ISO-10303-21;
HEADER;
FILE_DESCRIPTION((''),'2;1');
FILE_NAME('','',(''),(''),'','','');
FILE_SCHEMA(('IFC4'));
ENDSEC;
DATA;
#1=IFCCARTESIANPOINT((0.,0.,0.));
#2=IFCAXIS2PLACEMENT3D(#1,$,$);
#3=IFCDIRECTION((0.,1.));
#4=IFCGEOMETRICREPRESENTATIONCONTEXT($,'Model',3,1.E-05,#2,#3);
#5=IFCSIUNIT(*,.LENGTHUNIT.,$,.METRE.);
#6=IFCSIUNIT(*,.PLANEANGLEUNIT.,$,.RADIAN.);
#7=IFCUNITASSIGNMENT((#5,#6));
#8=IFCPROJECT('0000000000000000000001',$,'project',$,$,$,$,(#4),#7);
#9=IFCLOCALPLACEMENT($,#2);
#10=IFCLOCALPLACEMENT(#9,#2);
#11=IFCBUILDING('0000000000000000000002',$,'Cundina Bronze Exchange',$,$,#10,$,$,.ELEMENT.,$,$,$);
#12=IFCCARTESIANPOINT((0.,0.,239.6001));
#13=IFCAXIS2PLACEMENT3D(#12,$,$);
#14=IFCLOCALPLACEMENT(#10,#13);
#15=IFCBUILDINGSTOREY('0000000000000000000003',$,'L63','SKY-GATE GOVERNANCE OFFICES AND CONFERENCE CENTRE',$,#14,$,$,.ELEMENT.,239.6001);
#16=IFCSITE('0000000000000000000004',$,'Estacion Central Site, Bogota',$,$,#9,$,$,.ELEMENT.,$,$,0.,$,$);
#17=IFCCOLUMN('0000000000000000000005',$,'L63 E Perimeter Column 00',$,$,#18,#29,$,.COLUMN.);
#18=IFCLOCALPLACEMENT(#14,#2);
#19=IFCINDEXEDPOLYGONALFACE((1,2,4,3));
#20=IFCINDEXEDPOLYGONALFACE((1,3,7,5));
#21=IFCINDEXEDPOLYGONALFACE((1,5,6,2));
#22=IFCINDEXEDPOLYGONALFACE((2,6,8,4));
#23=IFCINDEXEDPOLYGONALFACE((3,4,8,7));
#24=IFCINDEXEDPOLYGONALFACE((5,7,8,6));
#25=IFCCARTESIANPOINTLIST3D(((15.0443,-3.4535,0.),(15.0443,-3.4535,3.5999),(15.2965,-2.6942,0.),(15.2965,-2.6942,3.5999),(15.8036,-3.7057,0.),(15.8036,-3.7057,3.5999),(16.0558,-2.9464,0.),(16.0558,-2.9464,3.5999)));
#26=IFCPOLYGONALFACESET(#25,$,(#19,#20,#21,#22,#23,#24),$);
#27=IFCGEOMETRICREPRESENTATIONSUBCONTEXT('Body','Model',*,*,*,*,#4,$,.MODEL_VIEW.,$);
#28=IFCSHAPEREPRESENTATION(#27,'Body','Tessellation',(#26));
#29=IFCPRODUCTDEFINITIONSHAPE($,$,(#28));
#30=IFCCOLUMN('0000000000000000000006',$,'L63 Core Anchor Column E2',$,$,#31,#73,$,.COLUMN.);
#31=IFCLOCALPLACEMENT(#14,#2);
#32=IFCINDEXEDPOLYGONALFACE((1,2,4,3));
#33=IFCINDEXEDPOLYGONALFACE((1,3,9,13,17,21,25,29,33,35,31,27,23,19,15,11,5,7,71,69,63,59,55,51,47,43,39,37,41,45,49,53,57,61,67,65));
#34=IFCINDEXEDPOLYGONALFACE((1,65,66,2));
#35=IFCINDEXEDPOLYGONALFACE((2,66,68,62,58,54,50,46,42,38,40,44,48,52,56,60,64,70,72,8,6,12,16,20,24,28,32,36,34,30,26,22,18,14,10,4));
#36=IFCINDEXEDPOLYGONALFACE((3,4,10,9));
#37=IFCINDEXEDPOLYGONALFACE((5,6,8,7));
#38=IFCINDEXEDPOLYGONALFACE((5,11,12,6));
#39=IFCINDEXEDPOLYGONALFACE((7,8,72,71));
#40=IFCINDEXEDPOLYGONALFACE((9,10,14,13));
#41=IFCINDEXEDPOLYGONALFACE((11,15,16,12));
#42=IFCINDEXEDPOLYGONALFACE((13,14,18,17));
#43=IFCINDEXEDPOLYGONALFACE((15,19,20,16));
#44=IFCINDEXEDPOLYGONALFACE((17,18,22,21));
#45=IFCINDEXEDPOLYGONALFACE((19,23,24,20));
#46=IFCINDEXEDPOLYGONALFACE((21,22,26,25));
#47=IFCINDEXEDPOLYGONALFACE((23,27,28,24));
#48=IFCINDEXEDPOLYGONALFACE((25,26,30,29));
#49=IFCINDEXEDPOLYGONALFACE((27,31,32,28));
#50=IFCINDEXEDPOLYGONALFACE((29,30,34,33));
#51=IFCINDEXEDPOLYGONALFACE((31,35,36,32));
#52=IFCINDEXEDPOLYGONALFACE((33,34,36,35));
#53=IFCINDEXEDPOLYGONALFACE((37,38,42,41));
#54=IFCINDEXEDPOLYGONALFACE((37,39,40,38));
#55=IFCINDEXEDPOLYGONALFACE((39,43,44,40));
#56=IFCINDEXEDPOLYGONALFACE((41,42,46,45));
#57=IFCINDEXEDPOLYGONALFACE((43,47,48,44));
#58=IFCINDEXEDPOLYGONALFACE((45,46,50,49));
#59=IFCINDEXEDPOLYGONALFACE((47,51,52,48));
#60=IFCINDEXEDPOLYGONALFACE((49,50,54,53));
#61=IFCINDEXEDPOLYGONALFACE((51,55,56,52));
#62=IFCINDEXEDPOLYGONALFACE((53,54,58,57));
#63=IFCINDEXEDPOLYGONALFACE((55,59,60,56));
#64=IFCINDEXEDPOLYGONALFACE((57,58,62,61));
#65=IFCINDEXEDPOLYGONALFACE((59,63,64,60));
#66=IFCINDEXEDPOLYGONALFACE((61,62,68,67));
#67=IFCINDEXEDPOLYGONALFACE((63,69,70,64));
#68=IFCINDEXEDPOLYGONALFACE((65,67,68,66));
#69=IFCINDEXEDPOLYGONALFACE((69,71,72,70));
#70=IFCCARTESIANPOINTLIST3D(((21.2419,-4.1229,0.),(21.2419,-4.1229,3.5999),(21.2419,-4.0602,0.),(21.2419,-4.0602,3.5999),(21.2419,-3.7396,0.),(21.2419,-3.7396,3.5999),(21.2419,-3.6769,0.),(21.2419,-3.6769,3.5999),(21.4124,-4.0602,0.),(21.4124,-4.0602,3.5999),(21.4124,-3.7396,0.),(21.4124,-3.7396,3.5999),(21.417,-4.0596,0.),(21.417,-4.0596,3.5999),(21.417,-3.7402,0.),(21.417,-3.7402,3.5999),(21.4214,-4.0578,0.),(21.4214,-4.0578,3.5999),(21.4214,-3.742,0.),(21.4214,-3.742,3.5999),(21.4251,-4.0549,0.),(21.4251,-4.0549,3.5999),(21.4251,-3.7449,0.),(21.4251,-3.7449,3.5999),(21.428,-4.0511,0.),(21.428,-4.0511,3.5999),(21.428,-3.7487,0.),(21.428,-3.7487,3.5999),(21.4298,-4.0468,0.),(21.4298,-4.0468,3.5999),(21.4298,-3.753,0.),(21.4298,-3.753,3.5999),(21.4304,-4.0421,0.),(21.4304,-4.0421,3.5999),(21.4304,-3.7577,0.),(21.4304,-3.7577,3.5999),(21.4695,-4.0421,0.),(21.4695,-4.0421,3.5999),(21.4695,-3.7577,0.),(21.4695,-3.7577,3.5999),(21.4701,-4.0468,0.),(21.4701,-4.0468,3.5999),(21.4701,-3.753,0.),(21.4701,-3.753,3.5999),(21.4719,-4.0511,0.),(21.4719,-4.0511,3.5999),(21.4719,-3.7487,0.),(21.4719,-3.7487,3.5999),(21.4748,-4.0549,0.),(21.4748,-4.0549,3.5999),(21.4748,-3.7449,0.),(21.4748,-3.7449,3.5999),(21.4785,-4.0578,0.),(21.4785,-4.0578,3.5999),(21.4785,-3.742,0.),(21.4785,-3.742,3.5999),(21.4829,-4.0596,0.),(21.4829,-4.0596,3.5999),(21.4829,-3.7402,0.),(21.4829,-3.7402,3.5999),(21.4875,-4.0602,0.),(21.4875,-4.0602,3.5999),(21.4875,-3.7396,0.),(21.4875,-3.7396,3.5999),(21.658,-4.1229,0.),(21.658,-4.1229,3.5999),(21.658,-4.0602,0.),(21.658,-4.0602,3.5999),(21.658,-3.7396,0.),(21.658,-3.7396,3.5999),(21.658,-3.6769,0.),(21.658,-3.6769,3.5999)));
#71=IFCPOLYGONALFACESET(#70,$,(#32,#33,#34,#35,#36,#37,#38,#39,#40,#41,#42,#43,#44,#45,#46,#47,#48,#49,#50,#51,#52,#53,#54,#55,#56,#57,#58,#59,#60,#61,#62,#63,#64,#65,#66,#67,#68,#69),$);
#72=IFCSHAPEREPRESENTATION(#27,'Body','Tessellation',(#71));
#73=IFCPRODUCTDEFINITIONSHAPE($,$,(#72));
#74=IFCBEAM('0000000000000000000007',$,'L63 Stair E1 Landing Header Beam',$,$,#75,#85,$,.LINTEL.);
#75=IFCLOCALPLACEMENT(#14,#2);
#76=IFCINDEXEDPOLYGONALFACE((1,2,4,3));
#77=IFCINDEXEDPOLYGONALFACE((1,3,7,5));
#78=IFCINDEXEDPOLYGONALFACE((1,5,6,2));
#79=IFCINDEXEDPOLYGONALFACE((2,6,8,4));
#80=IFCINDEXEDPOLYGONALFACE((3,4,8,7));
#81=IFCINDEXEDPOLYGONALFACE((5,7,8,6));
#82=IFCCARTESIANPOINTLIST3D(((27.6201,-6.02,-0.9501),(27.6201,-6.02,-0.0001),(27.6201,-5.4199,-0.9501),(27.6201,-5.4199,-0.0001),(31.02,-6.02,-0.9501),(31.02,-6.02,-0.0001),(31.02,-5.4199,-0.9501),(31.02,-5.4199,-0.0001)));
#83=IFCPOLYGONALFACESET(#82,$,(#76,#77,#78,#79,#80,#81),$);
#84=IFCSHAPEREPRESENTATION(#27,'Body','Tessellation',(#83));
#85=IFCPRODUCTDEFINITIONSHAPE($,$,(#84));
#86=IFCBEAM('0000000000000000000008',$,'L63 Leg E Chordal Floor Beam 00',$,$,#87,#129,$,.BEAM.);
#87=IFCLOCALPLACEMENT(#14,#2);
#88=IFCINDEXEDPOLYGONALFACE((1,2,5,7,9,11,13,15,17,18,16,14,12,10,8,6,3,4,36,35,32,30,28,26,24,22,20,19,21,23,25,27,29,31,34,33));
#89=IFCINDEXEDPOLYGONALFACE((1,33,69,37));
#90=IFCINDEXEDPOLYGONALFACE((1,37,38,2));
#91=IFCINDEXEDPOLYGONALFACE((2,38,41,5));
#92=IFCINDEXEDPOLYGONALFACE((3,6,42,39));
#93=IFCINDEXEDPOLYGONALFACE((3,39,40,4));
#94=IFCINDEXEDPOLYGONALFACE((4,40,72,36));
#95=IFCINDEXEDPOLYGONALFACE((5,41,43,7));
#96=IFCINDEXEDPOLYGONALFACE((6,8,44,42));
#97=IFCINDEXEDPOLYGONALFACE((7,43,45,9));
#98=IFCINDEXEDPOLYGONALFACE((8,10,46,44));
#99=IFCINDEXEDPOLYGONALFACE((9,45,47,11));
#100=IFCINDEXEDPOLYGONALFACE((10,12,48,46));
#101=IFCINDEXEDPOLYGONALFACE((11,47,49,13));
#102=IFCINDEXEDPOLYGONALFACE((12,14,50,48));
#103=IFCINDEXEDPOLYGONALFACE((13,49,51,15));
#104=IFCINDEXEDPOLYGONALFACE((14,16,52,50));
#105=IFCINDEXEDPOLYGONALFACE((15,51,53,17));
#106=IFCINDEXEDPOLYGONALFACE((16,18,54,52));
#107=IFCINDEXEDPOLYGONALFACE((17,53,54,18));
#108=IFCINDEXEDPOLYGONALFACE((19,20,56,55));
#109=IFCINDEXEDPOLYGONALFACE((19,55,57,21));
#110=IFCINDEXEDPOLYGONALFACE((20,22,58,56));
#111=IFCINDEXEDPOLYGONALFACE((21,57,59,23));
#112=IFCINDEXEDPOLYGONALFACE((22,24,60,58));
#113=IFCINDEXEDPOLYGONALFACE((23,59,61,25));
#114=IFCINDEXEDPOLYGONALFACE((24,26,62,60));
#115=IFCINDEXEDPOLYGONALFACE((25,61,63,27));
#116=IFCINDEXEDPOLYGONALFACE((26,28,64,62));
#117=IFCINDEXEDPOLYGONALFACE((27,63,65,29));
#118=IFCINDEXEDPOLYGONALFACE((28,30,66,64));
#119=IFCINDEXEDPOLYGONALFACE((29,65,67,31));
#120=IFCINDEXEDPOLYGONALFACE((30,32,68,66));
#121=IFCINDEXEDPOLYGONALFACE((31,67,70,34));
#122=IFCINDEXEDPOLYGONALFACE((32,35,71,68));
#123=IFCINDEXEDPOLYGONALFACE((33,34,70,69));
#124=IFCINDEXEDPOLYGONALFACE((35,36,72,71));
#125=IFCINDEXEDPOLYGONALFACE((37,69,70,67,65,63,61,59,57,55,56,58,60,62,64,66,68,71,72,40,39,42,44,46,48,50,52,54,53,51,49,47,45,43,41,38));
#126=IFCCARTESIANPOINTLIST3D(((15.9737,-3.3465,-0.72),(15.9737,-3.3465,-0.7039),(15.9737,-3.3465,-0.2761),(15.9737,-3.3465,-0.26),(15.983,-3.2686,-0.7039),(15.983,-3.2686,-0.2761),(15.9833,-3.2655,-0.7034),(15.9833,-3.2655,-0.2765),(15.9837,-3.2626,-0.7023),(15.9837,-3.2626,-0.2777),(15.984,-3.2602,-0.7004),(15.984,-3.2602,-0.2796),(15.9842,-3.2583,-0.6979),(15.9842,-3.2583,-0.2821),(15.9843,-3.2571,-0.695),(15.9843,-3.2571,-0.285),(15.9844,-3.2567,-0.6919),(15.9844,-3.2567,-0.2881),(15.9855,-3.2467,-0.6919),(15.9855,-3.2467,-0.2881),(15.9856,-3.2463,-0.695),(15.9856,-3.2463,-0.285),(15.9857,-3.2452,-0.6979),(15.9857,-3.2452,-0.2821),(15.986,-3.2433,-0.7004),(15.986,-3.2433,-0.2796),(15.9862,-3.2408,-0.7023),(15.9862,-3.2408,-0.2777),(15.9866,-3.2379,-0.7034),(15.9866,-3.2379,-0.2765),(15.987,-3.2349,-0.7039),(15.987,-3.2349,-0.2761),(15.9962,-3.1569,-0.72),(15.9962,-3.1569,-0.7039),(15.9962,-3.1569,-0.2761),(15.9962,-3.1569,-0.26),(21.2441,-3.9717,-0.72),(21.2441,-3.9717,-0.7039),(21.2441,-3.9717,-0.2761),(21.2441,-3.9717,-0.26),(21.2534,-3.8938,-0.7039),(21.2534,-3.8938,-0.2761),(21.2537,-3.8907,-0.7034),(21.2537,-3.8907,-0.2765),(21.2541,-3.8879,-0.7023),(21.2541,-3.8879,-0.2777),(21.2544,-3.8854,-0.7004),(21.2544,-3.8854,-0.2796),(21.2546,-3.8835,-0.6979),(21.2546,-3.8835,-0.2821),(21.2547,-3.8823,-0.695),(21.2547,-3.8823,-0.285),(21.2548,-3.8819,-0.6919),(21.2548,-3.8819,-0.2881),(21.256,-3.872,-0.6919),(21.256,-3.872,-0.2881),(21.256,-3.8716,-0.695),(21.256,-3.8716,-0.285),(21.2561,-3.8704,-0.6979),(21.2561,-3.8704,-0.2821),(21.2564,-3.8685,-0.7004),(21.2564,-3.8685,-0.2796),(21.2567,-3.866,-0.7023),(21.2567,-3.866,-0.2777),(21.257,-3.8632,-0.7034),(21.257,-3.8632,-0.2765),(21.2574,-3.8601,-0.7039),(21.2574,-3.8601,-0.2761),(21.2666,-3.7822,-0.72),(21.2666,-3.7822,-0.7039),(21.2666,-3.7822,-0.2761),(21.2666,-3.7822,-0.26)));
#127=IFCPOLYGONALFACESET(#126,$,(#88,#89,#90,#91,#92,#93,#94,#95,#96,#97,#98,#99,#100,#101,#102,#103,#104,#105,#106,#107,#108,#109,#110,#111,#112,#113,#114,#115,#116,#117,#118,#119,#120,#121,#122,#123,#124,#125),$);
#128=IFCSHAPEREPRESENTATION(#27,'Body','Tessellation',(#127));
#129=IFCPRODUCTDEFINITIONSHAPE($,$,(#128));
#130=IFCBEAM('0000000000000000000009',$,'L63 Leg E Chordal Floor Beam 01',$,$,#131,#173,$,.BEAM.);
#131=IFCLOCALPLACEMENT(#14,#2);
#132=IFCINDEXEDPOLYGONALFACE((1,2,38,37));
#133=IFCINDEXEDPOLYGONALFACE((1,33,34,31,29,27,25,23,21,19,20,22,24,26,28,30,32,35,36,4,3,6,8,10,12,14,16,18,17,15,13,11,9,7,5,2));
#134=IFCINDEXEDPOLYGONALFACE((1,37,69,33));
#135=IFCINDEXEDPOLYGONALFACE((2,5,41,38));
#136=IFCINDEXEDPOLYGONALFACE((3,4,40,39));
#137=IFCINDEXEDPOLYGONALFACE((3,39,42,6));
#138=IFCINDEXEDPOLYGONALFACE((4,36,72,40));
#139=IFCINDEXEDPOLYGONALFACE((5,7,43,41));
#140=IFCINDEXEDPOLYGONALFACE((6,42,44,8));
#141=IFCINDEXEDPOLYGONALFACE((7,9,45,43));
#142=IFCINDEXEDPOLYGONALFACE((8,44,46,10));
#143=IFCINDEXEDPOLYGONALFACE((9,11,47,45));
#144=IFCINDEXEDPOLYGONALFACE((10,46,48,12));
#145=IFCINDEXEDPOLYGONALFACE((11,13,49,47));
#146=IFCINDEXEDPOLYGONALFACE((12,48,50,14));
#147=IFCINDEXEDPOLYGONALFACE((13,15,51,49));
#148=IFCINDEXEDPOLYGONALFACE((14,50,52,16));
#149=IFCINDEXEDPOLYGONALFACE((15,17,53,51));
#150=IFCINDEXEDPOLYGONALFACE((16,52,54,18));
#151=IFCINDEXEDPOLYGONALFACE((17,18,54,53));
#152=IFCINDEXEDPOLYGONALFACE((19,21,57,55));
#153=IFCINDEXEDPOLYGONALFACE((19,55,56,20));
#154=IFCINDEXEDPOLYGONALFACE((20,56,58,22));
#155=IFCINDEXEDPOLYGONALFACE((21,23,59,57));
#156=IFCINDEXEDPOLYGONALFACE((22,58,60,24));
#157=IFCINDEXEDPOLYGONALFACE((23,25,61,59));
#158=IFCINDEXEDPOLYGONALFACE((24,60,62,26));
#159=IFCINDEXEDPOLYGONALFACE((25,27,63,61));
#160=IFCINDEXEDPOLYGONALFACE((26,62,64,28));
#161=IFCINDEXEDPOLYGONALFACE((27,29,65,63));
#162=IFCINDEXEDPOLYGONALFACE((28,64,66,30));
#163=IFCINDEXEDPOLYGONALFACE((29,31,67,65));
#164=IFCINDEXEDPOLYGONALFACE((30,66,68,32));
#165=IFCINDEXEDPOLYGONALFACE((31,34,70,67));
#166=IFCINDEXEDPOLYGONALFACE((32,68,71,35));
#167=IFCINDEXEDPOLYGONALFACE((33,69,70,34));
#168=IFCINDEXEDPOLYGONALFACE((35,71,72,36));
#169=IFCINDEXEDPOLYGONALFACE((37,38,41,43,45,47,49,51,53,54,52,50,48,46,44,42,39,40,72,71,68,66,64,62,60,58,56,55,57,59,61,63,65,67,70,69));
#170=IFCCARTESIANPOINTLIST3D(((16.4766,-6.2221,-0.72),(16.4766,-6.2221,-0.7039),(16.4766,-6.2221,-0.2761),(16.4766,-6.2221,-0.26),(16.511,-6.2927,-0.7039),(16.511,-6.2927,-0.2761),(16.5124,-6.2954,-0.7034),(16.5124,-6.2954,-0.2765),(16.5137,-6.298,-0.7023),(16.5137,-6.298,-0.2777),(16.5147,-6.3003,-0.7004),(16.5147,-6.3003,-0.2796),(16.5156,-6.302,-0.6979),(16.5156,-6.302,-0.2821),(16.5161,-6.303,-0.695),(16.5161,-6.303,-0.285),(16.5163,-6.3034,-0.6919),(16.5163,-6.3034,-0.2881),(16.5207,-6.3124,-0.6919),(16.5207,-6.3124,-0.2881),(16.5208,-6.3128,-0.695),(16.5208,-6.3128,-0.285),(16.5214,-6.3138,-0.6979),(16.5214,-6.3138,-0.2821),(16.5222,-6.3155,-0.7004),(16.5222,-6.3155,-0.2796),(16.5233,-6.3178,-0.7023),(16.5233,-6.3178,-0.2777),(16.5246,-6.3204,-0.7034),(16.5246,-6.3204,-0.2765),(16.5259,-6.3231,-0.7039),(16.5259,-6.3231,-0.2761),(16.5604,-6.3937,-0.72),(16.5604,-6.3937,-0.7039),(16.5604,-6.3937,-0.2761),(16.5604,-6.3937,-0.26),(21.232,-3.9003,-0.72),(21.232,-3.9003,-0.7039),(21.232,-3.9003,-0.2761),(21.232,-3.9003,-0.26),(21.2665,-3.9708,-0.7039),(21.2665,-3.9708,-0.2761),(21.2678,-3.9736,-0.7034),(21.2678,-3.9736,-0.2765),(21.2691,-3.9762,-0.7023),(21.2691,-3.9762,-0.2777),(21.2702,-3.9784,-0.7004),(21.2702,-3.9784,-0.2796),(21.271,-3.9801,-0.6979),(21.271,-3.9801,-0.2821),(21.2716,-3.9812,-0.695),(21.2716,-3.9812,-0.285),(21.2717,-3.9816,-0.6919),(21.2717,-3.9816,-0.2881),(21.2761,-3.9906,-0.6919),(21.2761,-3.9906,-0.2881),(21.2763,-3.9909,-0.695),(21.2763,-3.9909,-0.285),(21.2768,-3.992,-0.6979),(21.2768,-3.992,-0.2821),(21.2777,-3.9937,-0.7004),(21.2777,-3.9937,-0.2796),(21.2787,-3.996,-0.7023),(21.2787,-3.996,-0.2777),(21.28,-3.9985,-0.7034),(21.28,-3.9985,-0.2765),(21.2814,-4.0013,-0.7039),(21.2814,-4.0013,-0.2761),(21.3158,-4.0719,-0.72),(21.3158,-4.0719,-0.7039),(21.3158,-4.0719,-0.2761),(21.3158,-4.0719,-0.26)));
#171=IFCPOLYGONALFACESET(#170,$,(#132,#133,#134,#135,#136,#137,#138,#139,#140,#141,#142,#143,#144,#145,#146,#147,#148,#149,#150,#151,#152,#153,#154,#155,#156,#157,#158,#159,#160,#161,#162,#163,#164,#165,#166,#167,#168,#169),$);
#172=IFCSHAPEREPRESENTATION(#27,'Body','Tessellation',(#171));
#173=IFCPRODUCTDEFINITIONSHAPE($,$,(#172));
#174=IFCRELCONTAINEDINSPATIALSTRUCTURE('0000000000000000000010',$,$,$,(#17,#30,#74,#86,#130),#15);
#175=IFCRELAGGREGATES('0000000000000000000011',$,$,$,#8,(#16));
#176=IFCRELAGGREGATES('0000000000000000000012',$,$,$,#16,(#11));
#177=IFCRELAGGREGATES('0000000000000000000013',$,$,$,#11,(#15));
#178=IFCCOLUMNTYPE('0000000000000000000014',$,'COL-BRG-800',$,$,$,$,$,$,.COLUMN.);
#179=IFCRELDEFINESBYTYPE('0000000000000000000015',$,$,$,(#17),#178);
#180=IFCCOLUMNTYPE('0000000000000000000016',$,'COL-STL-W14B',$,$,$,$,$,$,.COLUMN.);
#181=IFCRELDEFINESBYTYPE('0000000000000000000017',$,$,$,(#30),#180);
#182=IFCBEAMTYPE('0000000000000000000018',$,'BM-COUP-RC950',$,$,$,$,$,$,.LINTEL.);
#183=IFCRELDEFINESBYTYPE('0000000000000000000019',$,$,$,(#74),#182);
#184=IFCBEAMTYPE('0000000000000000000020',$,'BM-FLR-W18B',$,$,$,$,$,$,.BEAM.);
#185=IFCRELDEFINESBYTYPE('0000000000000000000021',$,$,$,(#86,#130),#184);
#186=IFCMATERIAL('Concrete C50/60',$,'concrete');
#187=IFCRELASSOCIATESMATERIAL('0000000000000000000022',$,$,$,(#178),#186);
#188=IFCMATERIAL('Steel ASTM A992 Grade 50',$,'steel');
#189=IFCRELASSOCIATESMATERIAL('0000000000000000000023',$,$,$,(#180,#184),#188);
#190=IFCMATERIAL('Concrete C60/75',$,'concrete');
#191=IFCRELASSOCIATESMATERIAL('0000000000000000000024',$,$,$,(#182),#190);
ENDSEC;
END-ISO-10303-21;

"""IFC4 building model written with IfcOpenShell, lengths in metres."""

from ifc_helpers import new_model, si_unit, direction, frame, origin, origin_2d, place, context, subcontext, project, spatial, rectangle, i_section, extrude, material, material_profile, profile_set, type_object, element, save


model = new_model("IFC4")

# Units and contexts
model_context = context("Model", 3, precision=1e-05, world=origin(), true_north=direction((0.0, 1.0)))
body_context = subcontext(model_context, "Body", "Model", "MODEL_VIEW")
ifc_project = project(units=[si_unit("LENGTHUNIT", "METRE"), si_unit("PLANEANGLEUNIT", "RADIAN")], contexts=[model_context])

# Site, building, storey
site_placement = place(None, origin())
site = spatial("IfcSite", under=ifc_project, at=site_placement, Name="Estacion Central Site, Bogota", CompositionType="ELEMENT", RefElevation=0.0)
building_placement = place(site_placement, origin())
building = spatial("IfcBuilding", under=site, at=building_placement, Name="Cundina Bronze Exchange", CompositionType="ELEMENT")
storey_placement = place(building_placement, frame((0.0, 0.0, 239.6001)))
storey = spatial("IfcBuildingStorey", under=building, at=storey_placement, Name="L63", Description="SKY-GATE GOVERNANCE OFFICES AND CONFERENCE CENTRE", CompositionType="ELEMENT", Elevation=239.6001)

# Columns
ifc_material_1 = material(Name="Concrete C50/60", Category="concrete")
ifc_material_profile_1 = material_profile(ifc_material_1, rectangle(XDim=0.8, YDim=0.8, at=origin_2d()), Name="RC800X800", Category="concrete")
ifc_profile_set_1 = profile_set([ifc_material_profile_1], Name="Concrete C50/60")
column_type_1 = type_object("IfcColumnType", Name="COL-BRG-800", PredefinedType="COLUMN", material=ifc_profile_set_1)
column_1_placement = place(storey_placement, frame((15.55, -3.2, 0.0), z_axis=(0.0, 0.0, 1.0), x_axis=(-0.315152, -0.949041, 0.0)))
element("IfcColumn", 1, at=column_1_placement, inside=storey, type_object=column_type_1, Name="L63 E Perimeter Column 00", PredefinedType="COLUMN", context=body_context, shape_type="SweptSolid", body=[
    extrude(rectangle(XDim=0.8, YDim=0.8, at=origin_2d()), origin(), (0.0, 0.0, 1.0), 3.5999),
])
ifc_material_2 = material(Name="Steel ASTM A992 Grade 50", Category="steel")
ifc_material_profile_2 = material_profile(ifc_material_2, i_section(OverallWidth=0.416, OverallDepth=0.446, WebThickness=0.0391, FlangeThickness=0.0627, FilletRadius=0.0181, at=origin_2d()), Name="W14X342", Category="steel")
ifc_profile_set_2 = profile_set([ifc_material_profile_2], Name="Steel ASTM A992 Grade 50")
column_type_2 = type_object("IfcColumnType", Name="COL-STL-W14B", PredefinedType="COLUMN", material=ifc_profile_set_2)
column_2_placement = place(storey_placement, frame((21.45, -3.8999, 0.0), z_axis=(0.0, 0.0, 1.0), x_axis=(1.0, 0.0, 0.0)))
element("IfcColumn", 2, at=column_2_placement, inside=storey, type_object=column_type_2, Name="L63 Core Anchor Column E2", PredefinedType="COLUMN", context=body_context, shape_type="SweptSolid", body=[
    extrude(i_section(OverallWidth=0.416, OverallDepth=0.446, WebThickness=0.0391, FlangeThickness=0.0627, FilletRadius=0.0181, at=origin_2d()), origin(), (0.0, 0.0, 1.0), 3.5999),
])

# Beams
ifc_material_3 = material(Name="Concrete C60/75", Category="concrete")
ifc_material_profile_3 = material_profile(ifc_material_3, rectangle(XDim=0.6001, YDim=0.95, at=origin_2d()), Name="RC600X950", Category="concrete")
ifc_profile_set_3 = profile_set([ifc_material_profile_3], Name="Concrete C60/75")
beam_type_1 = type_object("IfcBeamType", Name="BM-COUP-RC950", PredefinedType="LINTEL", material=ifc_profile_set_3)
beam_1_placement = place(storey_placement, frame((27.6201, -5.72, -0.4751), z_axis=(1.0, 0.0, 0.0), x_axis=(0.0, 1.0, 0.0)))
element("IfcBeam", 3, at=beam_1_placement, inside=storey, type_object=beam_type_1, Name="L63 Stair E1 Landing Header Beam", PredefinedType="LINTEL", context=body_context, shape_type="SweptSolid", body=[
    extrude(rectangle(XDim=0.6001, YDim=0.95, at=origin_2d()), origin(), (0.0, 0.0, 1.0), 3.3999),
])
ifc_material_profile_4 = material_profile(ifc_material_2, i_section(OverallWidth=0.1909, OverallDepth=0.46, WebThickness=0.01, FlangeThickness=0.0161, FilletRadius=0.012, at=origin_2d()), Name="W18X55", Category="steel")
ifc_profile_set_4 = profile_set([ifc_material_profile_4], Name="Steel ASTM A992 Grade 50")
beam_type_2 = type_object("IfcBeamType", Name="BM-FLR-W18B", PredefinedType="BEAM", material=ifc_profile_set_4)
beam_2_placement = place(storey_placement, frame((21.2554, -3.877, -0.49), z_axis=(-0.993037, 0.117805, 0.0), x_axis=(-0.117805, -0.993037, 0.0)))
element("IfcBeam", 4, at=beam_2_placement, inside=storey, type_object=beam_type_2, Name="L63 Leg E Chordal Floor Beam 00", PredefinedType="BEAM", context=body_context, shape_type="SweptSolid", body=[
    extrude(i_section(OverallWidth=0.1909, OverallDepth=0.46, WebThickness=0.01, FlangeThickness=0.0161, FilletRadius=0.012, at=origin_2d()), origin(), (0.0, 0.0, 1.0), 5.3074),
])
beam_3_placement = place(storey_placement, frame((21.2739, -3.9861, -0.49), z_axis=(-0.898613, -0.438742, 0.0), x_axis=(0.438742, -0.898613, 0.0)))
element("IfcBeam", 5, at=beam_3_placement, inside=storey, type_object=beam_type_2, Name="L63 Leg E Chordal Floor Beam 01", PredefinedType="BEAM", context=body_context, shape_type="SweptSolid", body=[
    extrude(i_section(OverallWidth=0.1909, OverallDepth=0.46, WebThickness=0.01, FlangeThickness=0.0161, FilletRadius=0.012, at=origin_2d()), origin(), (0.0, 0.0, 1.0), 5.292),
])

save(model, "model.ifc")
